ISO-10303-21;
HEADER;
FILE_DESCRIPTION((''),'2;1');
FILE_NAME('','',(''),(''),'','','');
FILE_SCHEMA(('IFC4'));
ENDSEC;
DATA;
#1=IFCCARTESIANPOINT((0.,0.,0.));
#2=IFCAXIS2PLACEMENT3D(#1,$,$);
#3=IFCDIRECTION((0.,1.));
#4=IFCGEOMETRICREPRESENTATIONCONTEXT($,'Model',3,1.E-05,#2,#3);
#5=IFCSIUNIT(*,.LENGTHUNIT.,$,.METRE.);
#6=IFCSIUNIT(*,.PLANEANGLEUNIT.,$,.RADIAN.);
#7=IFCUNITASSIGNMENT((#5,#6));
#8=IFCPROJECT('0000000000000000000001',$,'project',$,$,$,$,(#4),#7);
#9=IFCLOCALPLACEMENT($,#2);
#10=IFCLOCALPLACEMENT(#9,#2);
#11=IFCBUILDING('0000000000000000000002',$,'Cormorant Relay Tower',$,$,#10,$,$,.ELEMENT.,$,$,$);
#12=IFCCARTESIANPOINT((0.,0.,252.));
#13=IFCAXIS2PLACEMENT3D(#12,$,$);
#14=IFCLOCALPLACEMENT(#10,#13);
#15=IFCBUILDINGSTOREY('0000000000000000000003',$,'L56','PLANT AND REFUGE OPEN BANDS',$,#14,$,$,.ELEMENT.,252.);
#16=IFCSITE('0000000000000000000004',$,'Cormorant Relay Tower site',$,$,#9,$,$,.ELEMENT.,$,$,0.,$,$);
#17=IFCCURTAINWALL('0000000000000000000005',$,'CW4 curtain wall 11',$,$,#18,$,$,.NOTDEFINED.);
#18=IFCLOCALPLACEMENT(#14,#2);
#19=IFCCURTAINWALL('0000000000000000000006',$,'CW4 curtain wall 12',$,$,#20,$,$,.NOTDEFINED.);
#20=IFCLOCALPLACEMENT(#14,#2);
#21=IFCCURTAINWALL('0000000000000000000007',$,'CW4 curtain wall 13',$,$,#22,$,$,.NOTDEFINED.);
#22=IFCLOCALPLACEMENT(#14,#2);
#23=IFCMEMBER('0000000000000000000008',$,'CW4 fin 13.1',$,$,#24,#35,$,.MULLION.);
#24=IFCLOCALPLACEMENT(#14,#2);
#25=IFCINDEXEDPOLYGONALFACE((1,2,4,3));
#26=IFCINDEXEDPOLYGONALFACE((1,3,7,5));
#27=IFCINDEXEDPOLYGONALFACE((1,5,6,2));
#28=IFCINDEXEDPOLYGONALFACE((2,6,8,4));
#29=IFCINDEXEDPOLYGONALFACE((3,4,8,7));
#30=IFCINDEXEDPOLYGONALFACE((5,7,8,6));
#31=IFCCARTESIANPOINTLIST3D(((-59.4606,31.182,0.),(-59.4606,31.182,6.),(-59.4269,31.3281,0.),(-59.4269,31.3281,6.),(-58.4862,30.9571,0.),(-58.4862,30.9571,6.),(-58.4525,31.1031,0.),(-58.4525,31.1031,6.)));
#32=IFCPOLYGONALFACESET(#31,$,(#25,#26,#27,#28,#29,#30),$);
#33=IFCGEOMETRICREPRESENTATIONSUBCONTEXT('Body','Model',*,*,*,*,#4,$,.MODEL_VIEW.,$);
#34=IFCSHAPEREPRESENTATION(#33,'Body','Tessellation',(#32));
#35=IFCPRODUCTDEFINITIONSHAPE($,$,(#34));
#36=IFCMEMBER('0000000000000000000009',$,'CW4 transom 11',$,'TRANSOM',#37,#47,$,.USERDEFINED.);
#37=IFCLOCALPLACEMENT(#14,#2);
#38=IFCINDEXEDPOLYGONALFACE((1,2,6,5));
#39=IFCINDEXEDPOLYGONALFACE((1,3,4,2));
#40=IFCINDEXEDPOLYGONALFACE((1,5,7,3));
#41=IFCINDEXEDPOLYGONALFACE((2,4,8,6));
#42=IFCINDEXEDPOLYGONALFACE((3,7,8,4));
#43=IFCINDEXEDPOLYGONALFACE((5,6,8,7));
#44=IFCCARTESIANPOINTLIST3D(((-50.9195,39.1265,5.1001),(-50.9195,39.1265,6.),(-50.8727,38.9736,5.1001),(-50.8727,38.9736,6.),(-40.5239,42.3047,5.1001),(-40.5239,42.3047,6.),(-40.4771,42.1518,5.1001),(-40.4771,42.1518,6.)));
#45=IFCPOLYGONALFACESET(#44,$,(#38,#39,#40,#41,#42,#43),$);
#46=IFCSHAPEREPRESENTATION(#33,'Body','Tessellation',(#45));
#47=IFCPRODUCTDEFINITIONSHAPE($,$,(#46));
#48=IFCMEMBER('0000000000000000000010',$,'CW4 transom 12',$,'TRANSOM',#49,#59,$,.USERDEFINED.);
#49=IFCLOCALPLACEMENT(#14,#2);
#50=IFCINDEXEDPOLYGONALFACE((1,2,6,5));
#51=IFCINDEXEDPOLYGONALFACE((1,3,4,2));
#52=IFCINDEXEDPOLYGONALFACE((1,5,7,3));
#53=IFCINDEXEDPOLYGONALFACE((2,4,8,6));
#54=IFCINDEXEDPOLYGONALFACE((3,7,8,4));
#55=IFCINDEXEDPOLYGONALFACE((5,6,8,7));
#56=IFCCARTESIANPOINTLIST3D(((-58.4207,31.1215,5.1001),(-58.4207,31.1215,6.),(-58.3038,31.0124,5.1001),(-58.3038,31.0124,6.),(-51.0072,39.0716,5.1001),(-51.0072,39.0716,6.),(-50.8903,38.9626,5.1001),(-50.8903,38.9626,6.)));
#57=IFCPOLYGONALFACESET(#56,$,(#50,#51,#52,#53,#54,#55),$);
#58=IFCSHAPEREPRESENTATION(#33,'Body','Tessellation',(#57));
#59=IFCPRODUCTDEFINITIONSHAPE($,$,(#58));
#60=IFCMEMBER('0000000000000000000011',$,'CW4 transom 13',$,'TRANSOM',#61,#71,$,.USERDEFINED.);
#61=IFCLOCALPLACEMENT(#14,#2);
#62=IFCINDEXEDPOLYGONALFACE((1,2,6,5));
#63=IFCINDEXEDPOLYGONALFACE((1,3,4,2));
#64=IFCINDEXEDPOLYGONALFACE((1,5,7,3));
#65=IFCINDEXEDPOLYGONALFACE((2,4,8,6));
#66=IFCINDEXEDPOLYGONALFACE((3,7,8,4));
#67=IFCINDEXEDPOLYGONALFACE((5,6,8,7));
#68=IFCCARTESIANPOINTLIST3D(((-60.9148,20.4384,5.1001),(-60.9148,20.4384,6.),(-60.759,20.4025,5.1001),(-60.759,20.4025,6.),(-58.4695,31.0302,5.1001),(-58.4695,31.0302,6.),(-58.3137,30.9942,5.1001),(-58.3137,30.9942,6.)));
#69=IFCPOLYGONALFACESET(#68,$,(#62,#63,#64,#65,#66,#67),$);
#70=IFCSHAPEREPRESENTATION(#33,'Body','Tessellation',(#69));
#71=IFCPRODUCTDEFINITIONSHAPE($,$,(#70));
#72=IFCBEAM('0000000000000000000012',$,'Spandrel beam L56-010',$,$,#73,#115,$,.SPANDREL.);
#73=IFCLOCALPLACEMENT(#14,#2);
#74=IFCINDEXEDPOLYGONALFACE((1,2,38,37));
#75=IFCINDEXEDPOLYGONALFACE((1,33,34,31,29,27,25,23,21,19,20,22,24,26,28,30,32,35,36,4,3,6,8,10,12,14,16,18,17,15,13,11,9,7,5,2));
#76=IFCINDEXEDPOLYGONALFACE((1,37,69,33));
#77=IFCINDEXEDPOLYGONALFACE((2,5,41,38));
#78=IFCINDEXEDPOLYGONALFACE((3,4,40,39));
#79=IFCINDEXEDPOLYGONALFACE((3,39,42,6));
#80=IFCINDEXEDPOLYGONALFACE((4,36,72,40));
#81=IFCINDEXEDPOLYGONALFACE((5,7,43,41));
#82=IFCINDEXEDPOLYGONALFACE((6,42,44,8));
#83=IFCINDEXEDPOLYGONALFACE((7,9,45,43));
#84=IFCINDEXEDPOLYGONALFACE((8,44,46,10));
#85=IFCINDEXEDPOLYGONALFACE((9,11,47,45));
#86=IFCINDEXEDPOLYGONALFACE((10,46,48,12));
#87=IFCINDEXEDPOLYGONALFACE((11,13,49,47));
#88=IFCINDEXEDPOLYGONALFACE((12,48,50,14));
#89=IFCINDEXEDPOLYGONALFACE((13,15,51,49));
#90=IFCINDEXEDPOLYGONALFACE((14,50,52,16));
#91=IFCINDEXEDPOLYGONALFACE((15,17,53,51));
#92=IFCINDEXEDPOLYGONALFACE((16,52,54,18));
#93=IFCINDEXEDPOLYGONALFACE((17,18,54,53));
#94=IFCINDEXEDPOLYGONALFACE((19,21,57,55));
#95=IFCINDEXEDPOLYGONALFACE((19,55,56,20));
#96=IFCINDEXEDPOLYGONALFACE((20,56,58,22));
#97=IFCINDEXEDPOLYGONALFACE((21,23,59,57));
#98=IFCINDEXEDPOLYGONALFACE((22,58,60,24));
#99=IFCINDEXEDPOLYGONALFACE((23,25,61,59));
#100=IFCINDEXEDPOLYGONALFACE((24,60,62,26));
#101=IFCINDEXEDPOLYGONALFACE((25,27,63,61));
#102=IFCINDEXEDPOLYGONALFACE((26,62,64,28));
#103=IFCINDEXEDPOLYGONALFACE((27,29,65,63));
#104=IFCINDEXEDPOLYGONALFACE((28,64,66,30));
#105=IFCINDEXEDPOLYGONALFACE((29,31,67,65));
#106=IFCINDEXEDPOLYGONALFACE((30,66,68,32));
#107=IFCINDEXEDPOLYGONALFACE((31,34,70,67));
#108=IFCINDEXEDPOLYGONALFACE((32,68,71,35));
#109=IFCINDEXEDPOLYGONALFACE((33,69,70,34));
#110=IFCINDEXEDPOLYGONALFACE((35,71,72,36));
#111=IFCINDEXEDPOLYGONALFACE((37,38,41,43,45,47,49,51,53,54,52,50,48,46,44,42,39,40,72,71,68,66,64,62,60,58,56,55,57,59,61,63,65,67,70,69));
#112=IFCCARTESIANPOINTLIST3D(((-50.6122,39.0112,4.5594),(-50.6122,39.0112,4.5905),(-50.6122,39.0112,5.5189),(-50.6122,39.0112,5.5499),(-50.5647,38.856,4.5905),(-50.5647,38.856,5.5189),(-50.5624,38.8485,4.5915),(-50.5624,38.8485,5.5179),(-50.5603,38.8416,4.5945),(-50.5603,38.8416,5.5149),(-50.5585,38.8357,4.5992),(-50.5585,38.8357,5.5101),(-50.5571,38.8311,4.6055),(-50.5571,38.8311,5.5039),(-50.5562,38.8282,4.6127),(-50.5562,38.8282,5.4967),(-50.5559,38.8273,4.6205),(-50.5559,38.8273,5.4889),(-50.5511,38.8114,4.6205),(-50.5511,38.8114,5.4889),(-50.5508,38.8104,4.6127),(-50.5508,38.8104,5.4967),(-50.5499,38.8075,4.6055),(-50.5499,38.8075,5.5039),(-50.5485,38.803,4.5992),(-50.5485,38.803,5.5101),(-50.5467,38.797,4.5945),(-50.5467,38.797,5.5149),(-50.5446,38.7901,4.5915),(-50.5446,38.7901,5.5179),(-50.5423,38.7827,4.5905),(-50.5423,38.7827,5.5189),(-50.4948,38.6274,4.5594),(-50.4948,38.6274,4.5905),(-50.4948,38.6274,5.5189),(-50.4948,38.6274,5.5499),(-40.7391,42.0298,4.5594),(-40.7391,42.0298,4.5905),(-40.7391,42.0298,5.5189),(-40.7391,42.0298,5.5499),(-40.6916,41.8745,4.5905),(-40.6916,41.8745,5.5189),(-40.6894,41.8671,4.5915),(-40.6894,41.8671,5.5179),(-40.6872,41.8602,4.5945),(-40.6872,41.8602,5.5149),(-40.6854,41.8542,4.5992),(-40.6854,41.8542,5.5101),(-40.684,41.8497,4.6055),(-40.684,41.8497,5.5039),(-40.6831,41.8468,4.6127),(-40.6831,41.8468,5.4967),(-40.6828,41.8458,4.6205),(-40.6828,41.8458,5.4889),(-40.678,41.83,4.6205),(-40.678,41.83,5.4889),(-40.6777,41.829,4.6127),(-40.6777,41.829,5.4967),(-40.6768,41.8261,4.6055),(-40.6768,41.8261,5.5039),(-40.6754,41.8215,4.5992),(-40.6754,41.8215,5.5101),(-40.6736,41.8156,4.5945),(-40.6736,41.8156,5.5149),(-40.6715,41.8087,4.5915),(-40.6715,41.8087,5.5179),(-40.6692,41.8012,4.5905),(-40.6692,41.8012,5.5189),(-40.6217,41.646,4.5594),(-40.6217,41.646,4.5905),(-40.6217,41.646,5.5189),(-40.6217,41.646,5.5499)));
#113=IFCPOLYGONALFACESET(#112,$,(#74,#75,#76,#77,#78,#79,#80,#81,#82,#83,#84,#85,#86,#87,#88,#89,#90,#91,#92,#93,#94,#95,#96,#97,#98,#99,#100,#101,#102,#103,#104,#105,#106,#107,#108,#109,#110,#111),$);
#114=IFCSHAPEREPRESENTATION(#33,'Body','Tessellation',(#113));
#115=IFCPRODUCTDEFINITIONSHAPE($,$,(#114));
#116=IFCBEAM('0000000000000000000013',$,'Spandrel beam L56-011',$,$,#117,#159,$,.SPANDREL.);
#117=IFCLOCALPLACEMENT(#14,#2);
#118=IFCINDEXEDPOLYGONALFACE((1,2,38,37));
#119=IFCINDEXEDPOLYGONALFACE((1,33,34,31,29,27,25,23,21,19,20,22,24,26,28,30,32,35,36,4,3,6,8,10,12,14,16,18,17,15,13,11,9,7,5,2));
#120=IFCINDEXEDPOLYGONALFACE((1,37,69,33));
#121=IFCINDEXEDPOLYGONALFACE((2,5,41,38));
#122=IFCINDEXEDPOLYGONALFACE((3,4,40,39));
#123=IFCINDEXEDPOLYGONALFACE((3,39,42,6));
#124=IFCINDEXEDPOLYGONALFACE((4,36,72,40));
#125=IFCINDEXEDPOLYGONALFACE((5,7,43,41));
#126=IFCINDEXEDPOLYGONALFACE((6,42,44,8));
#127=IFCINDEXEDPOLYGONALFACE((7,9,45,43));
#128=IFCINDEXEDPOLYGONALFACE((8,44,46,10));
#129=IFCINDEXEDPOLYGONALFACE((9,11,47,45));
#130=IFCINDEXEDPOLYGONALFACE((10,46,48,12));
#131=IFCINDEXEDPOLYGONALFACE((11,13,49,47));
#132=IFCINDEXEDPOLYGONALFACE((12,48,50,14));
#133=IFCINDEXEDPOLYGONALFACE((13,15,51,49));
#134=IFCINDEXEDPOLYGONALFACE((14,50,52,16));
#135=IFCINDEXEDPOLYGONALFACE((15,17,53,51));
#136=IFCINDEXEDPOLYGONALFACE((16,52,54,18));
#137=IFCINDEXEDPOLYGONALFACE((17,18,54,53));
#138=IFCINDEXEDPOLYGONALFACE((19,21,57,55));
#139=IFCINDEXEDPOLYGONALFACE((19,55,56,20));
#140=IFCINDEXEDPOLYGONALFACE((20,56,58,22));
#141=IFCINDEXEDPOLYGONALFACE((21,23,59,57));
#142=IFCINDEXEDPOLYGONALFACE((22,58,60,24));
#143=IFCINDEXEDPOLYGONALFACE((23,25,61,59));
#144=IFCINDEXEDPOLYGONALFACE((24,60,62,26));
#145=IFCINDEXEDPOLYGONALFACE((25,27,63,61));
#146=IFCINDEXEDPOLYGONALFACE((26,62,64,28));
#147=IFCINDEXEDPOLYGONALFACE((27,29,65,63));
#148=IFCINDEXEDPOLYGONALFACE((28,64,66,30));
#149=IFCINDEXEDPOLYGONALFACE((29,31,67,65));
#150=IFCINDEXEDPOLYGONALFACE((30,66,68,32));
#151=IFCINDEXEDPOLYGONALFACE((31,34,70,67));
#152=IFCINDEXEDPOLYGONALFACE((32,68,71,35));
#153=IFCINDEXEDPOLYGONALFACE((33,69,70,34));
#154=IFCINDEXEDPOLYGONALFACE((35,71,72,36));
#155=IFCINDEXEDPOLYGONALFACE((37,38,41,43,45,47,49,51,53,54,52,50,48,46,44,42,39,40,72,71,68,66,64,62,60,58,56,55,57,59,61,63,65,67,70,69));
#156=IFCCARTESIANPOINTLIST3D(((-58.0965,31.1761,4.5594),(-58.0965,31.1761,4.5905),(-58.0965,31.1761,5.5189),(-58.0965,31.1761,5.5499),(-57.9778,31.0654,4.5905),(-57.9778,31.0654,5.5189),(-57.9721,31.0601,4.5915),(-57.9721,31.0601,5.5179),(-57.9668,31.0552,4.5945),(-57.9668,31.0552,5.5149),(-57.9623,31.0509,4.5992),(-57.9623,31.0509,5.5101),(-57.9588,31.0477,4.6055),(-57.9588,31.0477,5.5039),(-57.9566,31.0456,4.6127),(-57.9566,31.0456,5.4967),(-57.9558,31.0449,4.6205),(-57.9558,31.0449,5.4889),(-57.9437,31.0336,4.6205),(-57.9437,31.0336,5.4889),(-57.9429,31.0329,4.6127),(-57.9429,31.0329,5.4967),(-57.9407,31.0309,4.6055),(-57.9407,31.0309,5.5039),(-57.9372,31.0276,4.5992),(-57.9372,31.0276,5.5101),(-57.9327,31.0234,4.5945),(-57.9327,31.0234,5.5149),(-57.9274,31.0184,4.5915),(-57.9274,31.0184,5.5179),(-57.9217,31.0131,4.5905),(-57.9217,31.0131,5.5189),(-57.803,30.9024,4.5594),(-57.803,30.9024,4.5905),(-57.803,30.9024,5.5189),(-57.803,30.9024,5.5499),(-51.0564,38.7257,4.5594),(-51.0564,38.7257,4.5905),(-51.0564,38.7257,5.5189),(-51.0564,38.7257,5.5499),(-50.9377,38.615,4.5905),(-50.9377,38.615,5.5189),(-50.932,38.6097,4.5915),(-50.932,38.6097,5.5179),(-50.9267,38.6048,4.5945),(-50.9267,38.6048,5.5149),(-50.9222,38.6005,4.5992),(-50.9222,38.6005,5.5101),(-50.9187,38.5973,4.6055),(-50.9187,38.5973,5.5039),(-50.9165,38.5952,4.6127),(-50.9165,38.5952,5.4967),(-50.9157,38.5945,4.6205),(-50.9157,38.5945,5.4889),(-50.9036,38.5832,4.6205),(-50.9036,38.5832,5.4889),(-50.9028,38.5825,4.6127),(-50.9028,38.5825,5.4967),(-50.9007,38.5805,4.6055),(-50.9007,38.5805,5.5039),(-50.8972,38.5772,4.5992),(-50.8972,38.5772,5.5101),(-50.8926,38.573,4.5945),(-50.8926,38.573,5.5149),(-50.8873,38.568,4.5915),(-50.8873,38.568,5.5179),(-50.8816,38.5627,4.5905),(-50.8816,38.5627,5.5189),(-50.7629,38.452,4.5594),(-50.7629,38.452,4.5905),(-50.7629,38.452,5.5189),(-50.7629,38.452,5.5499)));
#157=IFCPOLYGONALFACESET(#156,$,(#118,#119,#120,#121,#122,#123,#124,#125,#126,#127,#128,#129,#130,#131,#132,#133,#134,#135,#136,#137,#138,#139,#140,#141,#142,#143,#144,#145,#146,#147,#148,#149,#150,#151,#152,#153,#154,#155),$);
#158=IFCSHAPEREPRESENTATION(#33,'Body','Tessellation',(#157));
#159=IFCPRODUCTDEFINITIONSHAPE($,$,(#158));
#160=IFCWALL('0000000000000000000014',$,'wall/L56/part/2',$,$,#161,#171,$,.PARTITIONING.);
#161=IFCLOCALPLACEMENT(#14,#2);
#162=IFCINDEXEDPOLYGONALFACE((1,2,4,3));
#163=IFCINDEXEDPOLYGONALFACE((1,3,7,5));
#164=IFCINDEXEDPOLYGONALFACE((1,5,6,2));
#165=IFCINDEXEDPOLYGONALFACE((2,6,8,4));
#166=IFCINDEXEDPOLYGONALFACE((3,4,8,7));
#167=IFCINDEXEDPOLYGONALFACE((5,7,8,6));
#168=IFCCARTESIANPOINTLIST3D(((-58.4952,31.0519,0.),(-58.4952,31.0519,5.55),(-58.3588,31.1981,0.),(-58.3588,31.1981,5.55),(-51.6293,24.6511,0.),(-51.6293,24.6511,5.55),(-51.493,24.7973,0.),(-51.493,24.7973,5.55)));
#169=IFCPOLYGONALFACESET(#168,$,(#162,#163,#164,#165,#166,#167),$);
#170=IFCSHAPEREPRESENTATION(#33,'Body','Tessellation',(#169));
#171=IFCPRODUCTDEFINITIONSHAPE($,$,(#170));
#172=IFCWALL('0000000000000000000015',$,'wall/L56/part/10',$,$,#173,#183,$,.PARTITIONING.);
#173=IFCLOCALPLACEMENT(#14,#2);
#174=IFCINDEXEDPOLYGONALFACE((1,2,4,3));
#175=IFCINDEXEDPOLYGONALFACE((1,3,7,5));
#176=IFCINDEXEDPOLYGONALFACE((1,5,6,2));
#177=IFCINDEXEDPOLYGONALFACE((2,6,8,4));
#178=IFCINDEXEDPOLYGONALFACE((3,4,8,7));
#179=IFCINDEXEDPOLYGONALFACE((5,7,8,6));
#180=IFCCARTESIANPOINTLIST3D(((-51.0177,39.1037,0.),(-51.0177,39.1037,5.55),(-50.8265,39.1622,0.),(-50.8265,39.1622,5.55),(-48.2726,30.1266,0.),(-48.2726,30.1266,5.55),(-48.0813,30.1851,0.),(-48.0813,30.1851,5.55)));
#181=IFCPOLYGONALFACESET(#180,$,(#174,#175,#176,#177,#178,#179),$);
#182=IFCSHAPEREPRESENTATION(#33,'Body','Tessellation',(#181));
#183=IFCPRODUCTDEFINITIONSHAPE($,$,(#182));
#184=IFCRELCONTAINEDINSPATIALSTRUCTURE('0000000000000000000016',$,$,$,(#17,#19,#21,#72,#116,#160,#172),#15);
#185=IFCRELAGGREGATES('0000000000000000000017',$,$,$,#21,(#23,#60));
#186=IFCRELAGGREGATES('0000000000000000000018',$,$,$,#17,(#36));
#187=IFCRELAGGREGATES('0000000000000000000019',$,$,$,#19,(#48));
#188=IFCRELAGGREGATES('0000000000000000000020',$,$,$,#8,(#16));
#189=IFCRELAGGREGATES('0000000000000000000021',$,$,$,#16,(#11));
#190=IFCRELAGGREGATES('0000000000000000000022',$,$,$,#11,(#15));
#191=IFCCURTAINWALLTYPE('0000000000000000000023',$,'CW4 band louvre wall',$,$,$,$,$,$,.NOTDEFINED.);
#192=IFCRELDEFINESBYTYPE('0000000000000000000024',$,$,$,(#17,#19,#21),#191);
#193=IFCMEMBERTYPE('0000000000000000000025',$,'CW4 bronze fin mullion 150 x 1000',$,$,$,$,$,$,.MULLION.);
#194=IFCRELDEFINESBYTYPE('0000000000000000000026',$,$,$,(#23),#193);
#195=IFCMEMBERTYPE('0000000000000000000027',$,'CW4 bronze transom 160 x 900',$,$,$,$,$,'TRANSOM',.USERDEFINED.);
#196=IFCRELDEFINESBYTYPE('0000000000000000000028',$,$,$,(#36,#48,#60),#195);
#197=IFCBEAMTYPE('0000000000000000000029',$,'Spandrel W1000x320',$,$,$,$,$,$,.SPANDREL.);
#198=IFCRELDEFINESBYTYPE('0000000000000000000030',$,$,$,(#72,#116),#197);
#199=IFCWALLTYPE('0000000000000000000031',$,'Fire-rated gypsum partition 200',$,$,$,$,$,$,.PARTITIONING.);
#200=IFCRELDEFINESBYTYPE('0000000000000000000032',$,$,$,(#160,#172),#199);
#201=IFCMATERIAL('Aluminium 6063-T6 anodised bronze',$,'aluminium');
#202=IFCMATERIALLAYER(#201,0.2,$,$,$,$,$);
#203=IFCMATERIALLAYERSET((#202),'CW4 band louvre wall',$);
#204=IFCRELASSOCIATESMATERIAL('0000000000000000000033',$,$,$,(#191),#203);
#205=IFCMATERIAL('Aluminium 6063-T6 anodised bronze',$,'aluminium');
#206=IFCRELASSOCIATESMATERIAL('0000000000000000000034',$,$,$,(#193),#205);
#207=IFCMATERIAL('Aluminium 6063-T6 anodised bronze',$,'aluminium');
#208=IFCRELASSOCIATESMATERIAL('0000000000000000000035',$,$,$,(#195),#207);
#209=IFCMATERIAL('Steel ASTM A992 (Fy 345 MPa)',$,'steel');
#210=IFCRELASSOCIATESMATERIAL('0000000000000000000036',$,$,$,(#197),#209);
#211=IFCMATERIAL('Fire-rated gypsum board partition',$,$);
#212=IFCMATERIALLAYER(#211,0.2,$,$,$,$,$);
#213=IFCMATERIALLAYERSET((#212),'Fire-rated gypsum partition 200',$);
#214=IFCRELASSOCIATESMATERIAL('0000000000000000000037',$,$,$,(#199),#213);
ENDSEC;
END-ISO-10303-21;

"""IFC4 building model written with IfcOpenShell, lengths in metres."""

from ifc_helpers import new_model, si_unit, direction, frame, frame_2d, origin, origin_2d, place, context, subcontext, project, spatial, rectangle, i_section, extrude, material, layer, layer_set, material_profile, profile_set, type_object, element, aggregate, save


model = new_model("IFC4")

# Units and contexts
model_context = context("Model", 3, precision=1e-05, world=origin(), true_north=direction((0.0, 1.0)))
body_context = subcontext(model_context, "Body", "Model", "MODEL_VIEW")
ifc_project = project(units=[si_unit("LENGTHUNIT", "METRE"), si_unit("PLANEANGLEUNIT", "RADIAN")], contexts=[model_context])

# Site, building, storey
site_placement = place(None, origin())
site = spatial("IfcSite", under=ifc_project, at=site_placement, Name="Cormorant Relay Tower site", CompositionType="ELEMENT", RefElevation=0.0)
building_placement = place(site_placement, origin())
building = spatial("IfcBuilding", under=site, at=building_placement, Name="Cormorant Relay Tower", CompositionType="ELEMENT")
storey_placement = place(building_placement, frame((0.0, 0.0, 252.0)))
storey = spatial("IfcBuildingStorey", under=building, at=storey_placement, Name="L56", Description="PLANT AND REFUGE OPEN BANDS", CompositionType="ELEMENT", Elevation=252.0)

# Curtain walls
ifc_material_1 = material(Name="Aluminium 6063-T6 anodised bronze", Category="aluminium")
ifc_layer_1 = layer(ifc_material_1, 0.2)
ifc_layer_set_1 = layer_set([ifc_layer_1], Name="CW4 band louvre wall")
curtain_wall_type = type_object("IfcCurtainWallType", Name="CW4 band louvre wall", PredefinedType="NOTDEFINED", material=ifc_layer_set_1)
curtain_wall_1_placement = place(storey_placement, origin())
curtain_wall_1 = element("IfcCurtainWall", 1, at=curtain_wall_1_placement, inside=storey, type_object=curtain_wall_type, Name="CW4 curtain wall 11", PredefinedType="NOTDEFINED")
ifc_material_2 = material(Name="Aluminium 6063-T6 anodised bronze", Category="aluminium")
ifc_material_profile_1 = material_profile(ifc_material_2, rectangle(XDim=0.1499, YDim=1.0, at=origin_2d()), Name="AL 150x1000")
ifc_profile_set_1 = profile_set([ifc_material_profile_1], Name="Aluminium 6063-T6 anodised bronze")
member_type_1 = type_object("IfcMemberType", Name="CW4 bronze fin mullion 150 x 1000", PredefinedType="MULLION", material=ifc_profile_set_1)
curtain_wall_2_placement = place(storey_placement, origin())
curtain_wall_2 = element("IfcCurtainWall", 2, at=curtain_wall_2_placement, inside=storey, type_object=curtain_wall_type, Name="CW4 curtain wall 12", PredefinedType="NOTDEFINED")

# Curtain wall, member
curtain_wall_3_placement = place(storey_placement, origin())
curtain_wall_3 = element("IfcCurtainWall", 3, at=curtain_wall_3_placement, inside=storey, type_object=curtain_wall_type, Name="CW4 curtain wall 13", PredefinedType="NOTDEFINED")
member_1_placement = place(storey_placement, frame((-58.9565, 31.1426, 0.0), z_axis=(0.0, 0.0, 1.0), x_axis=(-0.224951, -0.97437, 0.0)))
member_1 = element("IfcMember", 4, at=member_1_placement, type_object=member_type_1, Name="CW4 fin 13.1", PredefinedType="MULLION", context=body_context, shape_type="SweptSolid", body=[
    extrude(rectangle(XDim=0.1499, YDim=1.0, at=origin_2d()), origin(), (0.0, 0.0, 1.0), 6.0),
])

# Members
ifc_material_3 = material(Name="Aluminium 6063-T6 anodised bronze", Category="aluminium")
ifc_material_profile_2 = material_profile(ifc_material_3, rectangle(XDim=0.1599, YDim=0.8999, at=origin_2d()), Name="AL 160x900")
ifc_profile_set_2 = profile_set([ifc_material_profile_2], Name="Aluminium 6063-T6 anodised bronze")
member_type_2 = type_object("IfcMemberType", Name="CW4 bronze transom 160 x 900", ElementType="TRANSOM", PredefinedType="USERDEFINED", material=ifc_profile_set_2)
member_2_placement = place(storey_placement, frame((-40.5005, 42.2283, 5.55), z_axis=(-0.956305, -0.292371, 0.0), x_axis=(0.292371, -0.956305, 0.0)))
member_2 = element("IfcMember", 5, at=member_2_placement, type_object=member_type_2, Name="CW4 transom 11", ObjectType="TRANSOM", PredefinedType="USERDEFINED", context=body_context, shape_type="SweptSolid", body=[
    extrude(rectangle(XDim=0.1599, YDim=0.8999, at=origin_2d()), origin(), (0.0, 0.0, 1.0), 10.8706),
])
member_3_placement = place(storey_placement, frame((-50.9487, 39.0171, 5.55), z_axis=(-0.681993, -0.731358, 0.0), x_axis=(0.731358, -0.681993, 0.0)))
member_3 = element("IfcMember", 6, at=member_3_placement, type_object=member_type_2, Name="CW4 transom 12", ObjectType="TRANSOM", PredefinedType="USERDEFINED", context=body_context, shape_type="SweptSolid", body=[
    extrude(rectangle(XDim=0.1599, YDim=0.8999, at=origin_2d()), origin(), (0.0, 0.0, 1.0), 10.8704),
])
member_4_placement = place(storey_placement, frame((-58.3916, 31.0122, 5.55), z_axis=(-0.224951, -0.97437, 0.0), x_axis=(0.97437, -0.224951, 0.0)))
member_4 = element("IfcMember", 7, at=member_4_placement, type_object=member_type_2, Name="CW4 transom 13", ObjectType="TRANSOM", PredefinedType="USERDEFINED", context=body_context, shape_type="SweptSolid", body=[
    extrude(rectangle(XDim=0.1599, YDim=0.8999, at=origin_2d()), origin(), (0.0, 0.0, 1.0), 10.8704),
])
aggregate(curtain_wall_3, [member_1, member_4])

# Beams
ifc_material_4 = material(Name="Steel ASTM A992 (Fy 345 MPa)", Category="steel")
ifc_material_profile_3 = material_profile(ifc_material_4, i_section(OverallWidth=0.4014, OverallDepth=0.9905, WebThickness=0.0166, FlangeThickness=0.031, FilletRadius=0.03, at=origin_2d()), Name="W1000x320")
ifc_profile_set_3 = profile_set([ifc_material_profile_3], Name="Steel ASTM A992 (Fy 345 MPa)")
beam_type = type_object("IfcBeamType", Name="Spandrel W1000x320", PredefinedType="SPANDREL", material=ifc_profile_set_3)
beam_1_placement = place(storey_placement, frame((-40.6804, 41.8379, 5.0547), z_axis=(-0.956303, -0.292377, 0.0), x_axis=(0.292377, -0.956303, 0.0)))
element("IfcBeam", 8, at=beam_1_placement, inside=storey, type_object=beam_type, Name="Spandrel beam L56-010", PredefinedType="SPANDREL", context=body_context, shape_type="SweptSolid", body=[
    extrude(i_section(OverallWidth=0.4014, OverallDepth=0.9905, WebThickness=0.0166, FlangeThickness=0.031, FilletRadius=0.03, at=origin_2d()), origin(), (0.0, 0.0, 1.0), 10.3242),
])
beam_2_placement = place(storey_placement, frame((-50.9097, 38.5889, 5.0547), z_axis=(-0.681996, -0.731356, 0.0), x_axis=(0.731356, -0.681996, 0.0)))
element("IfcBeam", 9, at=beam_2_placement, inside=storey, type_object=beam_type, Name="Spandrel beam L56-011", PredefinedType="SPANDREL", context=body_context, shape_type="SweptSolid", body=[
    extrude(i_section(OverallWidth=0.4014, OverallDepth=0.9905, WebThickness=0.0166, FlangeThickness=0.031, FilletRadius=0.03, at=origin_2d()), origin(), (0.0, 0.0, 1.0), 10.3228),
])

# Walls
ifc_material_5 = material(Name="Fire-rated gypsum board partition")
ifc_layer_2 = layer(ifc_material_5, 0.2)
ifc_layer_set_2 = layer_set([ifc_layer_2], Name="Fire-rated gypsum partition 200")
wall_type = type_object("IfcWallType", Name="Fire-rated gypsum partition 200", PredefinedType="PARTITIONING", material=ifc_layer_set_2)
wall_1_placement = place(storey_placement, frame((-58.427, 31.125, 0.0), z_axis=(0.0, 0.0, 1.0), x_axis=(0.731446, -0.681899, 0.0)))
element("IfcWall", 10, at=wall_1_placement, inside=storey, type_object=wall_type, Name="wall/L56/part/2", PredefinedType="PARTITIONING", context=body_context, shape_type="SweptSolid", body=[
    extrude(rectangle(XDim=9.3867, YDim=0.2, at=frame_2d((4.6934, 0.0))), origin(), (0.0, 0.0, 1.0), 5.55),
])
wall_2_placement = place(storey_placement, frame((-50.9221, 39.1331, 0.0), z_axis=(0.0, 0.0, 1.0), x_axis=(0.292426, -0.956288, 0.0)))
element("IfcWall", 11, at=wall_2_placement, inside=storey, type_object=wall_type, Name="wall/L56/part/10", PredefinedType="PARTITIONING", context=body_context, shape_type="SweptSolid", body=[
    extrude(rectangle(XDim=9.3875, YDim=0.2, at=frame_2d((4.6938, 0.0))), origin(), (0.0, 0.0, 1.0), 5.55),
])

aggregate(curtain_wall_1, [member_2])
aggregate(curtain_wall_2, [member_3])

save(model, "model.ifc")
